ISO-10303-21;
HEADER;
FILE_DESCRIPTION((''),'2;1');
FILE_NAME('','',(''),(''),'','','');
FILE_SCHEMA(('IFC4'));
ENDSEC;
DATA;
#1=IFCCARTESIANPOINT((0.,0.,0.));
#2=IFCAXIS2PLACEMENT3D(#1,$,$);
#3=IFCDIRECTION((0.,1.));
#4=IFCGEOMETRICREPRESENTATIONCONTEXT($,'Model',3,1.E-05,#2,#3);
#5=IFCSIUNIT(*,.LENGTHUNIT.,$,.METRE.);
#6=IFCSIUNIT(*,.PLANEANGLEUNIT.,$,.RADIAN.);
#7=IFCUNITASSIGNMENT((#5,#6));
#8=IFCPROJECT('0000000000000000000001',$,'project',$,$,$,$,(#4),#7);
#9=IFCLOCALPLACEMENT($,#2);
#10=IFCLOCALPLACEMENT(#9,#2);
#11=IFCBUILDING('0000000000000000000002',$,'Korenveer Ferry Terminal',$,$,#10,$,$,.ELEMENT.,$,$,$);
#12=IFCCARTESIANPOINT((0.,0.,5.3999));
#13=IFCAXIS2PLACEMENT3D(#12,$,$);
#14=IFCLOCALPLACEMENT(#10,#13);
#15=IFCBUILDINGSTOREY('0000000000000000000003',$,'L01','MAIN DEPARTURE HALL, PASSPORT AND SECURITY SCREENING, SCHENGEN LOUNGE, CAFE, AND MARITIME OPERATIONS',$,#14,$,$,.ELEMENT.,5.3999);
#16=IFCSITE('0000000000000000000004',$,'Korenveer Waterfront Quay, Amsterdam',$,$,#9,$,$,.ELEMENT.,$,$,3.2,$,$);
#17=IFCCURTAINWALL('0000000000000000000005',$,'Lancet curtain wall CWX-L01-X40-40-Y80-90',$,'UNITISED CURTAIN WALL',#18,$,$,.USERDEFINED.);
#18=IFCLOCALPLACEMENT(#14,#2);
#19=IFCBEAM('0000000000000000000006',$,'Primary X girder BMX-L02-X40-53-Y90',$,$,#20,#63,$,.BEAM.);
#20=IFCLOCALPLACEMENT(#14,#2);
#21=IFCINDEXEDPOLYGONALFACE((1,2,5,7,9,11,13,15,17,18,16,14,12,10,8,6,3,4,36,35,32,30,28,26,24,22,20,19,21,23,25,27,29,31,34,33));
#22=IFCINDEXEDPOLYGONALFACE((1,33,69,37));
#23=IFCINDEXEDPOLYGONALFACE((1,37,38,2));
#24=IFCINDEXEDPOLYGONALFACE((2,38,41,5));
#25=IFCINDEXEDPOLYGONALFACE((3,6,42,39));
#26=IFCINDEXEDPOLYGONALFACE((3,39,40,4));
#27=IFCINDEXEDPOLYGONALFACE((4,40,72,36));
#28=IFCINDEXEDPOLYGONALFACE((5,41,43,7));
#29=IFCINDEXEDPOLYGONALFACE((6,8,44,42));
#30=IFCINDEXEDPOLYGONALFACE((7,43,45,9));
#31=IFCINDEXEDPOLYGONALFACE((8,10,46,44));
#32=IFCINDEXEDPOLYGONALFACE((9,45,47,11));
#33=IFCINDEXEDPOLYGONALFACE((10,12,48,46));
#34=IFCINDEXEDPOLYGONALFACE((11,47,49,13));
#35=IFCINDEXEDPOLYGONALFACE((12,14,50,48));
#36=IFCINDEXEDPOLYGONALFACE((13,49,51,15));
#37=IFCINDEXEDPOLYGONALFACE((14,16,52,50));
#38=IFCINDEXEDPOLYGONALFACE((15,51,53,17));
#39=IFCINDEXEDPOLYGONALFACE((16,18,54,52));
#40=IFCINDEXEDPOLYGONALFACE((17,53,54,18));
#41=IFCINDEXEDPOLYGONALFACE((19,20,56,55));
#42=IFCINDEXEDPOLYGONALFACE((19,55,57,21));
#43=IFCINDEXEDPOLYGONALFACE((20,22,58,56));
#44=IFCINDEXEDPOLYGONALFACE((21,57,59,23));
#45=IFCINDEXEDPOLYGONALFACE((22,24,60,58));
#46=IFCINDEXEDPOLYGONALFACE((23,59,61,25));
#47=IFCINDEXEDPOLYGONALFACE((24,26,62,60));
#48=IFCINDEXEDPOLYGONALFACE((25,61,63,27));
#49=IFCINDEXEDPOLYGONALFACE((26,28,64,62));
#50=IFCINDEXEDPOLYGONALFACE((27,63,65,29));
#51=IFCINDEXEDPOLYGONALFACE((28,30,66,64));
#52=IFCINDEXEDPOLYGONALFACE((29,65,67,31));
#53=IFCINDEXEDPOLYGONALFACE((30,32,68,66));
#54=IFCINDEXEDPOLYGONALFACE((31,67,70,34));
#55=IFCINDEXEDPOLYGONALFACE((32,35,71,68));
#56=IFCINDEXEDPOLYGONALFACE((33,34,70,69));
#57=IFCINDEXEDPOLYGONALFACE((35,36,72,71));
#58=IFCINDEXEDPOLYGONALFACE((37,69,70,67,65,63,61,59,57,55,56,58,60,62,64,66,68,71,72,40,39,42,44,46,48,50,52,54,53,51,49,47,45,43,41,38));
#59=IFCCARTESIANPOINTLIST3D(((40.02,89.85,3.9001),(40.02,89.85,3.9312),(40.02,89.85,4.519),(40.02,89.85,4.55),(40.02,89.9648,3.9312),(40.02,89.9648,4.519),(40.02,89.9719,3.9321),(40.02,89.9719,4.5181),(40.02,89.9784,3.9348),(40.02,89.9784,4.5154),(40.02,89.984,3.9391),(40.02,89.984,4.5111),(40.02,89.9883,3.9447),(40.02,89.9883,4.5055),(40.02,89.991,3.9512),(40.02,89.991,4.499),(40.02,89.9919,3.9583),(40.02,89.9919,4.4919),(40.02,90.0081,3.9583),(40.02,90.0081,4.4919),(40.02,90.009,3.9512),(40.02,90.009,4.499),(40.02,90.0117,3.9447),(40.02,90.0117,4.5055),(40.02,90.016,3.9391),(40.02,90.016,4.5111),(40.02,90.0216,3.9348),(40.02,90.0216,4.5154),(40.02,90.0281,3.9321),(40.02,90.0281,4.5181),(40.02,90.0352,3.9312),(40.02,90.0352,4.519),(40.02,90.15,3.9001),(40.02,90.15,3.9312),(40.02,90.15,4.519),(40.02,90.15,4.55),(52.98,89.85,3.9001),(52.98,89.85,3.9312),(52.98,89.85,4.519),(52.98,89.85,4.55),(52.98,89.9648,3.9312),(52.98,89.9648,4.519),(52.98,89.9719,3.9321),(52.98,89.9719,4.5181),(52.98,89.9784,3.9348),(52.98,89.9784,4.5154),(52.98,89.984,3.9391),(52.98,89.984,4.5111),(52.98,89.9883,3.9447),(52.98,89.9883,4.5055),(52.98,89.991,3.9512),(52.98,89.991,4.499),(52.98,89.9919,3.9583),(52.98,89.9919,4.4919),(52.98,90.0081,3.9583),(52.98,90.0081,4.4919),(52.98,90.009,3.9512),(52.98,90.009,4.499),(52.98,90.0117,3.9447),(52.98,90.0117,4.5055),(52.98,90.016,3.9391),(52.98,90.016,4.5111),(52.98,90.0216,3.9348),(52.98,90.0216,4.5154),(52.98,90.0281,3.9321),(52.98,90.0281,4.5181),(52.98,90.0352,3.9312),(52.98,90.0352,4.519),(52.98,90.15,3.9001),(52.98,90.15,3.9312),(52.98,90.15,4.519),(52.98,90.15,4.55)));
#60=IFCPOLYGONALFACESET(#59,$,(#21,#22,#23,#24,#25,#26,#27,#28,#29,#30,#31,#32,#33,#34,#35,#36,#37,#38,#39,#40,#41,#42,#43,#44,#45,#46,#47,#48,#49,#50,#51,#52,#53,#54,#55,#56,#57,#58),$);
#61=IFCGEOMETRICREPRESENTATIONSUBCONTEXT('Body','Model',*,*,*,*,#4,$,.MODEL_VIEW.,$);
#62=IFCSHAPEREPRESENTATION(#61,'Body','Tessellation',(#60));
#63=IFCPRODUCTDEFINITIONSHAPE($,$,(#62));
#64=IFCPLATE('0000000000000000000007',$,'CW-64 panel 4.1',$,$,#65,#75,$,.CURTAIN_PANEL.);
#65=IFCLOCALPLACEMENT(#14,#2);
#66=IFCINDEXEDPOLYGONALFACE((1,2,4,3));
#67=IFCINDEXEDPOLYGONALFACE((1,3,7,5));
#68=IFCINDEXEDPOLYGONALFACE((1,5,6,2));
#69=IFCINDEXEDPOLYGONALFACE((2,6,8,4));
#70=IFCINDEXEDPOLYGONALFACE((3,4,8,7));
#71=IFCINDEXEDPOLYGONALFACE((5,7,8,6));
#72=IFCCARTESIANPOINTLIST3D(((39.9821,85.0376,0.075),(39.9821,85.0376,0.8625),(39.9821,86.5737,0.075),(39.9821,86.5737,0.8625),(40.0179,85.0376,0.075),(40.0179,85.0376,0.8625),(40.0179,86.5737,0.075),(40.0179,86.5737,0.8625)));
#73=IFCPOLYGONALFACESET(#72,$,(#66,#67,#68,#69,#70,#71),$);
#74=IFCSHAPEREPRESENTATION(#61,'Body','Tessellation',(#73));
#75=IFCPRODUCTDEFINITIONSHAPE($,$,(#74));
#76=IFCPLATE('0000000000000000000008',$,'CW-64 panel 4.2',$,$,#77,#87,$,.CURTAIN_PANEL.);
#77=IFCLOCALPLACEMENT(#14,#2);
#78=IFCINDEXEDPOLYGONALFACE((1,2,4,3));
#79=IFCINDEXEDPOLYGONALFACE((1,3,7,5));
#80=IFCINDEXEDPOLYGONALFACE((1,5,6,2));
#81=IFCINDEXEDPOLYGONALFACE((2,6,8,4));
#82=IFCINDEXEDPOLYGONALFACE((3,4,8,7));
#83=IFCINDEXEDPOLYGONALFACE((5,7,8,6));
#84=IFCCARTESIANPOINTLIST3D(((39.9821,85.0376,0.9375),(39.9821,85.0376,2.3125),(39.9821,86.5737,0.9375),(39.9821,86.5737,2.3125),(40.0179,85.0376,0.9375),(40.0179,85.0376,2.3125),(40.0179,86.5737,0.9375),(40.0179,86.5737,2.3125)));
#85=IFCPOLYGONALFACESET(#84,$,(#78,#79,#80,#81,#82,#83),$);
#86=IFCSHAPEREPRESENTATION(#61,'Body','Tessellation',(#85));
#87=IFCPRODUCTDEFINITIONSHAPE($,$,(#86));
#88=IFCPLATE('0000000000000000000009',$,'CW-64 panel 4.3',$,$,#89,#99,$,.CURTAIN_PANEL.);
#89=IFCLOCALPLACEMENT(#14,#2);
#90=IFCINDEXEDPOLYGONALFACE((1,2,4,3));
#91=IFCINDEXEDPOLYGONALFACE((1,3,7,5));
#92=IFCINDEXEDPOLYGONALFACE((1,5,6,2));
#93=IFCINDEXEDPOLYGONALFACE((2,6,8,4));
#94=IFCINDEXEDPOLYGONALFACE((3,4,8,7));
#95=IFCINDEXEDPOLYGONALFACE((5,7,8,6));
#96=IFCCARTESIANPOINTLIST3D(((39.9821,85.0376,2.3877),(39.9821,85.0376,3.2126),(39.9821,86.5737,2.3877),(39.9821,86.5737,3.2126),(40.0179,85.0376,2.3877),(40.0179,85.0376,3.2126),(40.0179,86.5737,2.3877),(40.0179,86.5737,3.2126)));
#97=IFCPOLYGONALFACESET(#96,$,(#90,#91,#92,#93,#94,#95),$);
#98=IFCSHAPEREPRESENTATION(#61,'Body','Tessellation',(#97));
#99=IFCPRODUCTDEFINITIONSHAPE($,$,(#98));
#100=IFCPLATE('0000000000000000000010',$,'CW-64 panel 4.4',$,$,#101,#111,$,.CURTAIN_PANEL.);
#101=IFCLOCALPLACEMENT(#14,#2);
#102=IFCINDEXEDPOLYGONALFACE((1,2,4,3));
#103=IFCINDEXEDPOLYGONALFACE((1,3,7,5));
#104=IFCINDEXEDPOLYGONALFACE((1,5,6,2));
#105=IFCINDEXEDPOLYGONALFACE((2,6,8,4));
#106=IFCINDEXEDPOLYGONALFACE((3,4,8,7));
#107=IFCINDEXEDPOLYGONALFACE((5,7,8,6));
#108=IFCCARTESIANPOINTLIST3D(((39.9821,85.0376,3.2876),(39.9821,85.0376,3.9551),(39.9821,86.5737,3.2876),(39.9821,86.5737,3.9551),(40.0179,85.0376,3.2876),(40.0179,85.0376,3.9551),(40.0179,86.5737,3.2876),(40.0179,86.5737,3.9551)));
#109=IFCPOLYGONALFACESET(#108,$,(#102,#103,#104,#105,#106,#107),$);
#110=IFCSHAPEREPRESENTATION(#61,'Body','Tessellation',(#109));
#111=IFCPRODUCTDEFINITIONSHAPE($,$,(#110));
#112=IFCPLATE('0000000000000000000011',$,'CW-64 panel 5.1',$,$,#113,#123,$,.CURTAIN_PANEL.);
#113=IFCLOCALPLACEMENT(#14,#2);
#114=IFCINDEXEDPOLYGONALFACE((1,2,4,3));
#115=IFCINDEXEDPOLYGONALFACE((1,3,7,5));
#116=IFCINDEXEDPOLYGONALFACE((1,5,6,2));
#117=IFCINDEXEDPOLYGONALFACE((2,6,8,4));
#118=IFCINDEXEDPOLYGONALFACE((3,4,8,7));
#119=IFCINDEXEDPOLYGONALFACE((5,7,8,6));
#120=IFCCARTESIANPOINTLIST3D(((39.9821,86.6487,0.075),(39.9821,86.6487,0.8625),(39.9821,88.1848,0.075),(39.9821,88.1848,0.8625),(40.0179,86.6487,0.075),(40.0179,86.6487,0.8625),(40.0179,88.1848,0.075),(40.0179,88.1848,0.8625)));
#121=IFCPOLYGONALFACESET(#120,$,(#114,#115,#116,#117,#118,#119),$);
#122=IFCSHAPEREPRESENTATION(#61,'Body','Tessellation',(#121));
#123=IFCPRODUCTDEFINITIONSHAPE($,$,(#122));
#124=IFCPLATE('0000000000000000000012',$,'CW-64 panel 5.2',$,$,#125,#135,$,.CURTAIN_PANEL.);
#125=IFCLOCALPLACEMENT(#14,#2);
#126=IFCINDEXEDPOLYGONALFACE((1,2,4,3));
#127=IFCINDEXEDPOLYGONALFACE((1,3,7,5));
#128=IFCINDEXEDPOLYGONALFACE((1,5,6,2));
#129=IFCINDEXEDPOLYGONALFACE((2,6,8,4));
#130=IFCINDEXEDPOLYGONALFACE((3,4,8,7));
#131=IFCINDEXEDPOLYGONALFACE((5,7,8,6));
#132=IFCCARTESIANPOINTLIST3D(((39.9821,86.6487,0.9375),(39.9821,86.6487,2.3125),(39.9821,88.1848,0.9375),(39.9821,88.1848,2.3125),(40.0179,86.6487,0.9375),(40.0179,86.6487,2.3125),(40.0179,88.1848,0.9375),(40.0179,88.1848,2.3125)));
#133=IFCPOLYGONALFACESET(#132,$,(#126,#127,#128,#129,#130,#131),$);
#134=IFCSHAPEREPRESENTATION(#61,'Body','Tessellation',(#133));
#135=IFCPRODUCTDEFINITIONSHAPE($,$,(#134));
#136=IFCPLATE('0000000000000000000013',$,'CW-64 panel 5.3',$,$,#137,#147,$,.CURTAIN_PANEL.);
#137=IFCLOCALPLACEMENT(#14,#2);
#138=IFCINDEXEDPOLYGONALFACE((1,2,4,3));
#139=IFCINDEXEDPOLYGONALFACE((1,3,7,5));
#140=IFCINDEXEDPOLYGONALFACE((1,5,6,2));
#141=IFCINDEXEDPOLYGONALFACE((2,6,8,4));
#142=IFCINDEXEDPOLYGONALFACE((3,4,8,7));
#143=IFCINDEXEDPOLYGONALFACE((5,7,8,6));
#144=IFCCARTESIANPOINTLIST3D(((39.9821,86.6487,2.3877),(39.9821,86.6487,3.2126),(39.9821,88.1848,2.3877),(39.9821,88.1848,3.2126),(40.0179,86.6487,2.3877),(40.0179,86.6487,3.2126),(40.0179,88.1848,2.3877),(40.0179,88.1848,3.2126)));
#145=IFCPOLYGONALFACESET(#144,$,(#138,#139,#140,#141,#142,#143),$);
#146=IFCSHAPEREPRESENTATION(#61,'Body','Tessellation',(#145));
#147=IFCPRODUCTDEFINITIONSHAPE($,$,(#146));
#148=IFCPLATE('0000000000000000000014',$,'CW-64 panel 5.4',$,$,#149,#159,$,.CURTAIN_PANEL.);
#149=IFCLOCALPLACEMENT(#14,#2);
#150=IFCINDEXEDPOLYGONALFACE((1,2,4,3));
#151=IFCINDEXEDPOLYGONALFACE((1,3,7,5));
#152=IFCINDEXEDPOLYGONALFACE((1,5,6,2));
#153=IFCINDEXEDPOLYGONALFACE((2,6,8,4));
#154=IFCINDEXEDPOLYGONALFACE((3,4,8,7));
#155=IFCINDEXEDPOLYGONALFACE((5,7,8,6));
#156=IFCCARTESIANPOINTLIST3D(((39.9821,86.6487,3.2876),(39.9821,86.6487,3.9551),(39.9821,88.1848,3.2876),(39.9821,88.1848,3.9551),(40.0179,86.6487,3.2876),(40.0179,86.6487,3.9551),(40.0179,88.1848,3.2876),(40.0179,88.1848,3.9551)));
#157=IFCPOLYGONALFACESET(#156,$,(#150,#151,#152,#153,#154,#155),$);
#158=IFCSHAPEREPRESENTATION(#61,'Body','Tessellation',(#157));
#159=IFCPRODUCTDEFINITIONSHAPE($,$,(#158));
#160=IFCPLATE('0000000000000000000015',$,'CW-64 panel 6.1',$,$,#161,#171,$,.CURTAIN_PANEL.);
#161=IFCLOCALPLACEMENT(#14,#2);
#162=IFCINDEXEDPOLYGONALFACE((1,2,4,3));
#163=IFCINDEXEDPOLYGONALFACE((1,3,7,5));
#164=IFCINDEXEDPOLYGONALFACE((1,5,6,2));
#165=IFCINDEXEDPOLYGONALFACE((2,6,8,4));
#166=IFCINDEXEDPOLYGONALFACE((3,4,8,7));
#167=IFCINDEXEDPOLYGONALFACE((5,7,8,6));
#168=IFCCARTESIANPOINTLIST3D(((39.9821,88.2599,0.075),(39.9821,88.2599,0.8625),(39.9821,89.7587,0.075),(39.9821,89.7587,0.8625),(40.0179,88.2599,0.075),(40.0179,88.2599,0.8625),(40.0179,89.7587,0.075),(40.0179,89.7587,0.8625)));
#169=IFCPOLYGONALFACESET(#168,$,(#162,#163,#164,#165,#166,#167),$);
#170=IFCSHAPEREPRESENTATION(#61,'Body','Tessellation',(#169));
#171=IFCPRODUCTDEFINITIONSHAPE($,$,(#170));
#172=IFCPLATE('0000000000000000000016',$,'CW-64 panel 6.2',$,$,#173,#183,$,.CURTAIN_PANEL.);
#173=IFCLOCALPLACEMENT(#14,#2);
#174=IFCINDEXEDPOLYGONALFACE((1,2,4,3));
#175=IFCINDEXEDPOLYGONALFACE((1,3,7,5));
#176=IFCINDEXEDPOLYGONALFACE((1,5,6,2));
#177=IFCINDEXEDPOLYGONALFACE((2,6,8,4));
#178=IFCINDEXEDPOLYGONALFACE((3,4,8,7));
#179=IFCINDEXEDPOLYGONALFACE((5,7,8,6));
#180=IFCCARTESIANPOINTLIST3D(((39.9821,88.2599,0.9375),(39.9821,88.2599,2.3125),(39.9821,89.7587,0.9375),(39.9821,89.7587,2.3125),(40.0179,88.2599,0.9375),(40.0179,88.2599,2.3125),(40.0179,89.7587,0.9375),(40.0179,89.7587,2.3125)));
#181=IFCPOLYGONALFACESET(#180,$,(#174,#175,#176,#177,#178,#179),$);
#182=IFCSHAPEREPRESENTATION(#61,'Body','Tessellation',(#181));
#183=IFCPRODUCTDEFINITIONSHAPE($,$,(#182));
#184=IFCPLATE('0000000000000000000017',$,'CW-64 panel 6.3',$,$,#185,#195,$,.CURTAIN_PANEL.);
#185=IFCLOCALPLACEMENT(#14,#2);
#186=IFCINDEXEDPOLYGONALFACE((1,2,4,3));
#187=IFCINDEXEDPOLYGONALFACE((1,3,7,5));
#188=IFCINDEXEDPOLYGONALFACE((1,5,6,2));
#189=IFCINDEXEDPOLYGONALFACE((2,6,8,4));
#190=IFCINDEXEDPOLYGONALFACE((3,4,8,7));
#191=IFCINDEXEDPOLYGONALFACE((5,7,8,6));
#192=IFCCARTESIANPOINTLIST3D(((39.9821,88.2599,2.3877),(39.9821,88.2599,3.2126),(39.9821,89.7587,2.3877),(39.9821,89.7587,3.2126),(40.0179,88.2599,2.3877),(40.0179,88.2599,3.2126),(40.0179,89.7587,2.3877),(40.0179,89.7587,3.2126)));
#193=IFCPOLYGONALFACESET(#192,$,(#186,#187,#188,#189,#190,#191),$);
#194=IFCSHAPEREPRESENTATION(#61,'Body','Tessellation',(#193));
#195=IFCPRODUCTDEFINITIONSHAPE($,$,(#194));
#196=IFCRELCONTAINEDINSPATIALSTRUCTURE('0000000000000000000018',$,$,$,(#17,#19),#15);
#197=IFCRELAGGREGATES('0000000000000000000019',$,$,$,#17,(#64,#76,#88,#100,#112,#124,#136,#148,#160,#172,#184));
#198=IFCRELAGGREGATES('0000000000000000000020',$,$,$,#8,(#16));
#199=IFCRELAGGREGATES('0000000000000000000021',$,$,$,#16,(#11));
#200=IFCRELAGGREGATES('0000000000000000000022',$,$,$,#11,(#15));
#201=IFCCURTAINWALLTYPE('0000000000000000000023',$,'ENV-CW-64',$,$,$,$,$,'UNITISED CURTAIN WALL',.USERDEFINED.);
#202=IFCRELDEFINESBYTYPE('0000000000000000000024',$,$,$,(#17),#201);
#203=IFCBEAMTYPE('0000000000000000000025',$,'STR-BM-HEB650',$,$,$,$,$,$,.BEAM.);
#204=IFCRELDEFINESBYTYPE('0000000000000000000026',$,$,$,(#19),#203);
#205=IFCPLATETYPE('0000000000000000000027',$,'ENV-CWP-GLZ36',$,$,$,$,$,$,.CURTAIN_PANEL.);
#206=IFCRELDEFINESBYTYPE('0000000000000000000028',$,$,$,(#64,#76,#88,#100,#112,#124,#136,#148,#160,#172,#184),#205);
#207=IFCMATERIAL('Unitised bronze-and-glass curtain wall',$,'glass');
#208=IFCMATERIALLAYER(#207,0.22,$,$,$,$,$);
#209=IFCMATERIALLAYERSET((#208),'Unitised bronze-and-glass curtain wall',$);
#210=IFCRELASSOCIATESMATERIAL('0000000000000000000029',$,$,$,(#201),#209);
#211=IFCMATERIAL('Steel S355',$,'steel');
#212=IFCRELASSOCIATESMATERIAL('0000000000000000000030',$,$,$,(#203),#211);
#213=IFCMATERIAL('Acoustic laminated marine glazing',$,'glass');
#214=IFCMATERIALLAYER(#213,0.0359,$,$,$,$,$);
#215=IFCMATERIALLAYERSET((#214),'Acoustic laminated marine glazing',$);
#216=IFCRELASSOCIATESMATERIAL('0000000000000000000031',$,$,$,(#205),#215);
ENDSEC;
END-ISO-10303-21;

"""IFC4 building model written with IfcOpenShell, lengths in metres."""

from ifc_helpers import new_model, si_unit, direction, frame, origin, origin_2d, place, context, subcontext, project, spatial, rectangle, i_section, extrude, material, layer, layer_set, material_profile, profile_set, type_object, element, aggregate, save


model = new_model("IFC4")

# Units and contexts
model_context = context("Model", 3, precision=1e-05, world=origin(), true_north=direction((0.0, 1.0)))
body_context = subcontext(model_context, "Body", "Model", "MODEL_VIEW")
ifc_project = project(units=[si_unit("LENGTHUNIT", "METRE"), si_unit("PLANEANGLEUNIT", "RADIAN")], contexts=[model_context])

# Site, building, storey
site_placement = place(None, origin())
site = spatial("IfcSite", under=ifc_project, at=site_placement, Name="Korenveer Waterfront Quay, Amsterdam", CompositionType="ELEMENT", RefElevation=3.2)
building_placement = place(site_placement, origin())
building = spatial("IfcBuilding", under=site, at=building_placement, Name="Korenveer Ferry Terminal", CompositionType="ELEMENT")
storey_placement = place(building_placement, frame((0.0, 0.0, 5.3999)))
storey = spatial("IfcBuildingStorey", under=building, at=storey_placement, Name="L01", Description="MAIN DEPARTURE HALL, PASSPORT AND SECURITY SCREENING, SCHENGEN LOUNGE, CAFE, AND MARITIME OPERATIONS", CompositionType="ELEMENT", Elevation=5.3999)

# Shared definitions
ifc_material_1 = material(Name="Steel S355", Category="steel")

# Curtain wall
ifc_material_2 = material(Name="Unitised bronze-and-glass curtain wall", Category="glass")
ifc_layer_1 = layer(ifc_material_2, 0.22)
ifc_layer_set_1 = layer_set([ifc_layer_1], Name="Unitised bronze-and-glass curtain wall")
curtain_wall_type_1 = type_object("IfcCurtainWallType", Name="ENV-CW-64", ElementType="UNITISED CURTAIN WALL", PredefinedType="USERDEFINED", material=ifc_layer_set_1)
curtain_wall_1_placement = place(storey_placement, frame((40.0, 80.1665, 0.0)))
curtain_wall_1 = element("IfcCurtainWall", 1, at=curtain_wall_1_placement, inside=storey, type_object=curtain_wall_type_1, Name="Lancet curtain wall CWX-L01-X40-40-Y80-90", ObjectType="UNITISED CURTAIN WALL", PredefinedType="USERDEFINED")

# Beam
ifc_material_profile_1 = material_profile(ifc_material_1, i_section(OverallWidth=0.3, OverallDepth=0.6499, WebThickness=0.0161, FlangeThickness=0.031, FilletRadius=0.0271, at=origin_2d()), Name="HEB 650")
ifc_profile_set_1 = profile_set([ifc_material_profile_1], Name="Steel S355")
beam_type_1 = type_object("IfcBeamType", Name="STR-BM-HEB650", PredefinedType="BEAM", material=ifc_profile_set_1)
beam_1_placement = place(storey_placement, frame((40.02, 90.0, 4.2251), z_axis=(1.0, 0.0, 0.0), x_axis=(0.0, 1.0, 0.0)))
element("IfcBeam", 2, at=beam_1_placement, inside=storey, type_object=beam_type_1, Name="Primary X girder BMX-L02-X40-53-Y90", PredefinedType="BEAM", context=body_context, shape_type="SweptSolid", body=[
    extrude(i_section(OverallWidth=0.3, OverallDepth=0.6499, WebThickness=0.0161, FlangeThickness=0.031, FilletRadius=0.0271, at=origin_2d()), origin(), (0.0, 0.0, 1.0), 12.96),
])

# Plates
ifc_material_3 = material(Name="Acoustic laminated marine glazing", Category="glass")
ifc_layer_2 = layer(ifc_material_3, 0.0359)
ifc_layer_set_2 = layer_set([ifc_layer_2], Name="Acoustic laminated marine glazing")
plate_type = type_object("IfcPlateType", Name="ENV-CWP-GLZ36", PredefinedType="CURTAIN_PANEL", material=ifc_layer_set_2)
plate_1_placement = place(storey_placement, frame((40.0, 85.8057, 0.075), z_axis=(0.0, 0.0, 1.0), x_axis=(0.0, 1.0, 0.0)))
plate_1 = element("IfcPlate", 3, at=plate_1_placement, type_object=plate_type, Name="CW-64 panel 4.1", PredefinedType="CURTAIN_PANEL", context=body_context, shape_type="SweptSolid", body=[
    extrude(rectangle(XDim=1.5361, YDim=0.0359, at=origin_2d()), origin(), (0.0, 0.0, 1.0), 0.7876),
])
plate_2_placement = place(storey_placement, frame((40.0, 85.8057, 0.9375), z_axis=(0.0, 0.0, 1.0), x_axis=(0.0, 1.0, 0.0)))
plate_2 = element("IfcPlate", 4, at=plate_2_placement, type_object=plate_type, Name="CW-64 panel 4.2", PredefinedType="CURTAIN_PANEL", context=body_context, shape_type="SweptSolid", body=[
    extrude(rectangle(XDim=1.5361, YDim=0.0359, at=origin_2d()), origin(), (0.0, 0.0, 1.0), 1.375),
])
plate_3_placement = place(storey_placement, frame((40.0, 85.8057, 2.3877), z_axis=(0.0, 0.0, 1.0), x_axis=(0.0, 1.0, 0.0)))
plate_3 = element("IfcPlate", 5, at=plate_3_placement, type_object=plate_type, Name="CW-64 panel 4.3", PredefinedType="CURTAIN_PANEL", context=body_context, shape_type="SweptSolid", body=[
    extrude(rectangle(XDim=1.5361, YDim=0.0359, at=origin_2d()), origin(), (0.0, 0.0, 1.0), 0.825),
])
plate_4_placement = place(storey_placement, frame((40.0, 85.8057, 3.2876), z_axis=(0.0, 0.0, 1.0), x_axis=(0.0, 1.0, 0.0)))
plate_4 = element("IfcPlate", 6, at=plate_4_placement, type_object=plate_type, Name="CW-64 panel 4.4", PredefinedType="CURTAIN_PANEL", context=body_context, shape_type="SweptSolid", body=[
    extrude(rectangle(XDim=1.5361, YDim=0.0359, at=origin_2d()), origin(), (0.0, 0.0, 1.0), 0.6675),
])
plate_5_placement = place(storey_placement, frame((40.0, 87.4167, 0.075), z_axis=(0.0, 0.0, 1.0), x_axis=(0.0, 1.0, 0.0)))
plate_5 = element("IfcPlate", 7, at=plate_5_placement, type_object=plate_type, Name="CW-64 panel 5.1", PredefinedType="CURTAIN_PANEL", context=body_context, shape_type="SweptSolid", body=[
    extrude(rectangle(XDim=1.5361, YDim=0.0359, at=origin_2d()), origin(), (0.0, 0.0, 1.0), 0.7876),
])
plate_6_placement = place(storey_placement, frame((40.0, 87.4167, 0.9375), z_axis=(0.0, 0.0, 1.0), x_axis=(0.0, 1.0, 0.0)))
plate_6 = element("IfcPlate", 8, at=plate_6_placement, type_object=plate_type, Name="CW-64 panel 5.2", PredefinedType="CURTAIN_PANEL", context=body_context, shape_type="SweptSolid", body=[
    extrude(rectangle(XDim=1.5361, YDim=0.0359, at=origin_2d()), origin(), (0.0, 0.0, 1.0), 1.375),
])
plate_7_placement = place(storey_placement, frame((40.0, 87.4167, 2.3877), z_axis=(0.0, 0.0, 1.0), x_axis=(0.0, 1.0, 0.0)))
plate_7 = element("IfcPlate", 9, at=plate_7_placement, type_object=plate_type, Name="CW-64 panel 5.3", PredefinedType="CURTAIN_PANEL", context=body_context, shape_type="SweptSolid", body=[
    extrude(rectangle(XDim=1.5361, YDim=0.0359, at=origin_2d()), origin(), (0.0, 0.0, 1.0), 0.825),
])
plate_8_placement = place(storey_placement, frame((40.0, 87.4167, 3.2876), z_axis=(0.0, 0.0, 1.0), x_axis=(0.0, 1.0, 0.0)))
plate_8 = element("IfcPlate", 10, at=plate_8_placement, type_object=plate_type, Name="CW-64 panel 5.4", PredefinedType="CURTAIN_PANEL", context=body_context, shape_type="SweptSolid", body=[
    extrude(rectangle(XDim=1.5361, YDim=0.0359, at=origin_2d()), origin(), (0.0, 0.0, 1.0), 0.6675),
])
plate_9_placement = place(storey_placement, frame((40.0, 89.0093, 0.075), z_axis=(0.0, 0.0, 1.0), x_axis=(0.0, 1.0, 0.0)))
plate_9 = element("IfcPlate", 11, at=plate_9_placement, type_object=plate_type, Name="CW-64 panel 6.1", PredefinedType="CURTAIN_PANEL", context=body_context, shape_type="SweptSolid", body=[
    extrude(rectangle(XDim=1.4988, YDim=0.0359, at=origin_2d()), origin(), (0.0, 0.0, 1.0), 0.7876),
])
plate_10_placement = place(storey_placement, frame((40.0, 89.0093, 0.9375), z_axis=(0.0, 0.0, 1.0), x_axis=(0.0, 1.0, 0.0)))
plate_10 = element("IfcPlate", 12, at=plate_10_placement, type_object=plate_type, Name="CW-64 panel 6.2", PredefinedType="CURTAIN_PANEL", context=body_context, shape_type="SweptSolid", body=[
    extrude(rectangle(XDim=1.4988, YDim=0.0359, at=origin_2d()), origin(), (0.0, 0.0, 1.0), 1.375),
])
plate_11_placement = place(storey_placement, frame((40.0, 89.0093, 2.3877), z_axis=(0.0, 0.0, 1.0), x_axis=(0.0, 1.0, 0.0)))
plate_11 = element("IfcPlate", 13, at=plate_11_placement, type_object=plate_type, Name="CW-64 panel 6.3", PredefinedType="CURTAIN_PANEL", context=body_context, shape_type="SweptSolid", body=[
    extrude(rectangle(XDim=1.4988, YDim=0.0359, at=origin_2d()), origin(), (0.0, 0.0, 1.0), 0.825),
])
aggregate(curtain_wall_1, [plate_1, plate_2, plate_3, plate_4, plate_5, plate_6, plate_7, plate_8, plate_9, plate_10, plate_11])

save(model, "model.ifc")
